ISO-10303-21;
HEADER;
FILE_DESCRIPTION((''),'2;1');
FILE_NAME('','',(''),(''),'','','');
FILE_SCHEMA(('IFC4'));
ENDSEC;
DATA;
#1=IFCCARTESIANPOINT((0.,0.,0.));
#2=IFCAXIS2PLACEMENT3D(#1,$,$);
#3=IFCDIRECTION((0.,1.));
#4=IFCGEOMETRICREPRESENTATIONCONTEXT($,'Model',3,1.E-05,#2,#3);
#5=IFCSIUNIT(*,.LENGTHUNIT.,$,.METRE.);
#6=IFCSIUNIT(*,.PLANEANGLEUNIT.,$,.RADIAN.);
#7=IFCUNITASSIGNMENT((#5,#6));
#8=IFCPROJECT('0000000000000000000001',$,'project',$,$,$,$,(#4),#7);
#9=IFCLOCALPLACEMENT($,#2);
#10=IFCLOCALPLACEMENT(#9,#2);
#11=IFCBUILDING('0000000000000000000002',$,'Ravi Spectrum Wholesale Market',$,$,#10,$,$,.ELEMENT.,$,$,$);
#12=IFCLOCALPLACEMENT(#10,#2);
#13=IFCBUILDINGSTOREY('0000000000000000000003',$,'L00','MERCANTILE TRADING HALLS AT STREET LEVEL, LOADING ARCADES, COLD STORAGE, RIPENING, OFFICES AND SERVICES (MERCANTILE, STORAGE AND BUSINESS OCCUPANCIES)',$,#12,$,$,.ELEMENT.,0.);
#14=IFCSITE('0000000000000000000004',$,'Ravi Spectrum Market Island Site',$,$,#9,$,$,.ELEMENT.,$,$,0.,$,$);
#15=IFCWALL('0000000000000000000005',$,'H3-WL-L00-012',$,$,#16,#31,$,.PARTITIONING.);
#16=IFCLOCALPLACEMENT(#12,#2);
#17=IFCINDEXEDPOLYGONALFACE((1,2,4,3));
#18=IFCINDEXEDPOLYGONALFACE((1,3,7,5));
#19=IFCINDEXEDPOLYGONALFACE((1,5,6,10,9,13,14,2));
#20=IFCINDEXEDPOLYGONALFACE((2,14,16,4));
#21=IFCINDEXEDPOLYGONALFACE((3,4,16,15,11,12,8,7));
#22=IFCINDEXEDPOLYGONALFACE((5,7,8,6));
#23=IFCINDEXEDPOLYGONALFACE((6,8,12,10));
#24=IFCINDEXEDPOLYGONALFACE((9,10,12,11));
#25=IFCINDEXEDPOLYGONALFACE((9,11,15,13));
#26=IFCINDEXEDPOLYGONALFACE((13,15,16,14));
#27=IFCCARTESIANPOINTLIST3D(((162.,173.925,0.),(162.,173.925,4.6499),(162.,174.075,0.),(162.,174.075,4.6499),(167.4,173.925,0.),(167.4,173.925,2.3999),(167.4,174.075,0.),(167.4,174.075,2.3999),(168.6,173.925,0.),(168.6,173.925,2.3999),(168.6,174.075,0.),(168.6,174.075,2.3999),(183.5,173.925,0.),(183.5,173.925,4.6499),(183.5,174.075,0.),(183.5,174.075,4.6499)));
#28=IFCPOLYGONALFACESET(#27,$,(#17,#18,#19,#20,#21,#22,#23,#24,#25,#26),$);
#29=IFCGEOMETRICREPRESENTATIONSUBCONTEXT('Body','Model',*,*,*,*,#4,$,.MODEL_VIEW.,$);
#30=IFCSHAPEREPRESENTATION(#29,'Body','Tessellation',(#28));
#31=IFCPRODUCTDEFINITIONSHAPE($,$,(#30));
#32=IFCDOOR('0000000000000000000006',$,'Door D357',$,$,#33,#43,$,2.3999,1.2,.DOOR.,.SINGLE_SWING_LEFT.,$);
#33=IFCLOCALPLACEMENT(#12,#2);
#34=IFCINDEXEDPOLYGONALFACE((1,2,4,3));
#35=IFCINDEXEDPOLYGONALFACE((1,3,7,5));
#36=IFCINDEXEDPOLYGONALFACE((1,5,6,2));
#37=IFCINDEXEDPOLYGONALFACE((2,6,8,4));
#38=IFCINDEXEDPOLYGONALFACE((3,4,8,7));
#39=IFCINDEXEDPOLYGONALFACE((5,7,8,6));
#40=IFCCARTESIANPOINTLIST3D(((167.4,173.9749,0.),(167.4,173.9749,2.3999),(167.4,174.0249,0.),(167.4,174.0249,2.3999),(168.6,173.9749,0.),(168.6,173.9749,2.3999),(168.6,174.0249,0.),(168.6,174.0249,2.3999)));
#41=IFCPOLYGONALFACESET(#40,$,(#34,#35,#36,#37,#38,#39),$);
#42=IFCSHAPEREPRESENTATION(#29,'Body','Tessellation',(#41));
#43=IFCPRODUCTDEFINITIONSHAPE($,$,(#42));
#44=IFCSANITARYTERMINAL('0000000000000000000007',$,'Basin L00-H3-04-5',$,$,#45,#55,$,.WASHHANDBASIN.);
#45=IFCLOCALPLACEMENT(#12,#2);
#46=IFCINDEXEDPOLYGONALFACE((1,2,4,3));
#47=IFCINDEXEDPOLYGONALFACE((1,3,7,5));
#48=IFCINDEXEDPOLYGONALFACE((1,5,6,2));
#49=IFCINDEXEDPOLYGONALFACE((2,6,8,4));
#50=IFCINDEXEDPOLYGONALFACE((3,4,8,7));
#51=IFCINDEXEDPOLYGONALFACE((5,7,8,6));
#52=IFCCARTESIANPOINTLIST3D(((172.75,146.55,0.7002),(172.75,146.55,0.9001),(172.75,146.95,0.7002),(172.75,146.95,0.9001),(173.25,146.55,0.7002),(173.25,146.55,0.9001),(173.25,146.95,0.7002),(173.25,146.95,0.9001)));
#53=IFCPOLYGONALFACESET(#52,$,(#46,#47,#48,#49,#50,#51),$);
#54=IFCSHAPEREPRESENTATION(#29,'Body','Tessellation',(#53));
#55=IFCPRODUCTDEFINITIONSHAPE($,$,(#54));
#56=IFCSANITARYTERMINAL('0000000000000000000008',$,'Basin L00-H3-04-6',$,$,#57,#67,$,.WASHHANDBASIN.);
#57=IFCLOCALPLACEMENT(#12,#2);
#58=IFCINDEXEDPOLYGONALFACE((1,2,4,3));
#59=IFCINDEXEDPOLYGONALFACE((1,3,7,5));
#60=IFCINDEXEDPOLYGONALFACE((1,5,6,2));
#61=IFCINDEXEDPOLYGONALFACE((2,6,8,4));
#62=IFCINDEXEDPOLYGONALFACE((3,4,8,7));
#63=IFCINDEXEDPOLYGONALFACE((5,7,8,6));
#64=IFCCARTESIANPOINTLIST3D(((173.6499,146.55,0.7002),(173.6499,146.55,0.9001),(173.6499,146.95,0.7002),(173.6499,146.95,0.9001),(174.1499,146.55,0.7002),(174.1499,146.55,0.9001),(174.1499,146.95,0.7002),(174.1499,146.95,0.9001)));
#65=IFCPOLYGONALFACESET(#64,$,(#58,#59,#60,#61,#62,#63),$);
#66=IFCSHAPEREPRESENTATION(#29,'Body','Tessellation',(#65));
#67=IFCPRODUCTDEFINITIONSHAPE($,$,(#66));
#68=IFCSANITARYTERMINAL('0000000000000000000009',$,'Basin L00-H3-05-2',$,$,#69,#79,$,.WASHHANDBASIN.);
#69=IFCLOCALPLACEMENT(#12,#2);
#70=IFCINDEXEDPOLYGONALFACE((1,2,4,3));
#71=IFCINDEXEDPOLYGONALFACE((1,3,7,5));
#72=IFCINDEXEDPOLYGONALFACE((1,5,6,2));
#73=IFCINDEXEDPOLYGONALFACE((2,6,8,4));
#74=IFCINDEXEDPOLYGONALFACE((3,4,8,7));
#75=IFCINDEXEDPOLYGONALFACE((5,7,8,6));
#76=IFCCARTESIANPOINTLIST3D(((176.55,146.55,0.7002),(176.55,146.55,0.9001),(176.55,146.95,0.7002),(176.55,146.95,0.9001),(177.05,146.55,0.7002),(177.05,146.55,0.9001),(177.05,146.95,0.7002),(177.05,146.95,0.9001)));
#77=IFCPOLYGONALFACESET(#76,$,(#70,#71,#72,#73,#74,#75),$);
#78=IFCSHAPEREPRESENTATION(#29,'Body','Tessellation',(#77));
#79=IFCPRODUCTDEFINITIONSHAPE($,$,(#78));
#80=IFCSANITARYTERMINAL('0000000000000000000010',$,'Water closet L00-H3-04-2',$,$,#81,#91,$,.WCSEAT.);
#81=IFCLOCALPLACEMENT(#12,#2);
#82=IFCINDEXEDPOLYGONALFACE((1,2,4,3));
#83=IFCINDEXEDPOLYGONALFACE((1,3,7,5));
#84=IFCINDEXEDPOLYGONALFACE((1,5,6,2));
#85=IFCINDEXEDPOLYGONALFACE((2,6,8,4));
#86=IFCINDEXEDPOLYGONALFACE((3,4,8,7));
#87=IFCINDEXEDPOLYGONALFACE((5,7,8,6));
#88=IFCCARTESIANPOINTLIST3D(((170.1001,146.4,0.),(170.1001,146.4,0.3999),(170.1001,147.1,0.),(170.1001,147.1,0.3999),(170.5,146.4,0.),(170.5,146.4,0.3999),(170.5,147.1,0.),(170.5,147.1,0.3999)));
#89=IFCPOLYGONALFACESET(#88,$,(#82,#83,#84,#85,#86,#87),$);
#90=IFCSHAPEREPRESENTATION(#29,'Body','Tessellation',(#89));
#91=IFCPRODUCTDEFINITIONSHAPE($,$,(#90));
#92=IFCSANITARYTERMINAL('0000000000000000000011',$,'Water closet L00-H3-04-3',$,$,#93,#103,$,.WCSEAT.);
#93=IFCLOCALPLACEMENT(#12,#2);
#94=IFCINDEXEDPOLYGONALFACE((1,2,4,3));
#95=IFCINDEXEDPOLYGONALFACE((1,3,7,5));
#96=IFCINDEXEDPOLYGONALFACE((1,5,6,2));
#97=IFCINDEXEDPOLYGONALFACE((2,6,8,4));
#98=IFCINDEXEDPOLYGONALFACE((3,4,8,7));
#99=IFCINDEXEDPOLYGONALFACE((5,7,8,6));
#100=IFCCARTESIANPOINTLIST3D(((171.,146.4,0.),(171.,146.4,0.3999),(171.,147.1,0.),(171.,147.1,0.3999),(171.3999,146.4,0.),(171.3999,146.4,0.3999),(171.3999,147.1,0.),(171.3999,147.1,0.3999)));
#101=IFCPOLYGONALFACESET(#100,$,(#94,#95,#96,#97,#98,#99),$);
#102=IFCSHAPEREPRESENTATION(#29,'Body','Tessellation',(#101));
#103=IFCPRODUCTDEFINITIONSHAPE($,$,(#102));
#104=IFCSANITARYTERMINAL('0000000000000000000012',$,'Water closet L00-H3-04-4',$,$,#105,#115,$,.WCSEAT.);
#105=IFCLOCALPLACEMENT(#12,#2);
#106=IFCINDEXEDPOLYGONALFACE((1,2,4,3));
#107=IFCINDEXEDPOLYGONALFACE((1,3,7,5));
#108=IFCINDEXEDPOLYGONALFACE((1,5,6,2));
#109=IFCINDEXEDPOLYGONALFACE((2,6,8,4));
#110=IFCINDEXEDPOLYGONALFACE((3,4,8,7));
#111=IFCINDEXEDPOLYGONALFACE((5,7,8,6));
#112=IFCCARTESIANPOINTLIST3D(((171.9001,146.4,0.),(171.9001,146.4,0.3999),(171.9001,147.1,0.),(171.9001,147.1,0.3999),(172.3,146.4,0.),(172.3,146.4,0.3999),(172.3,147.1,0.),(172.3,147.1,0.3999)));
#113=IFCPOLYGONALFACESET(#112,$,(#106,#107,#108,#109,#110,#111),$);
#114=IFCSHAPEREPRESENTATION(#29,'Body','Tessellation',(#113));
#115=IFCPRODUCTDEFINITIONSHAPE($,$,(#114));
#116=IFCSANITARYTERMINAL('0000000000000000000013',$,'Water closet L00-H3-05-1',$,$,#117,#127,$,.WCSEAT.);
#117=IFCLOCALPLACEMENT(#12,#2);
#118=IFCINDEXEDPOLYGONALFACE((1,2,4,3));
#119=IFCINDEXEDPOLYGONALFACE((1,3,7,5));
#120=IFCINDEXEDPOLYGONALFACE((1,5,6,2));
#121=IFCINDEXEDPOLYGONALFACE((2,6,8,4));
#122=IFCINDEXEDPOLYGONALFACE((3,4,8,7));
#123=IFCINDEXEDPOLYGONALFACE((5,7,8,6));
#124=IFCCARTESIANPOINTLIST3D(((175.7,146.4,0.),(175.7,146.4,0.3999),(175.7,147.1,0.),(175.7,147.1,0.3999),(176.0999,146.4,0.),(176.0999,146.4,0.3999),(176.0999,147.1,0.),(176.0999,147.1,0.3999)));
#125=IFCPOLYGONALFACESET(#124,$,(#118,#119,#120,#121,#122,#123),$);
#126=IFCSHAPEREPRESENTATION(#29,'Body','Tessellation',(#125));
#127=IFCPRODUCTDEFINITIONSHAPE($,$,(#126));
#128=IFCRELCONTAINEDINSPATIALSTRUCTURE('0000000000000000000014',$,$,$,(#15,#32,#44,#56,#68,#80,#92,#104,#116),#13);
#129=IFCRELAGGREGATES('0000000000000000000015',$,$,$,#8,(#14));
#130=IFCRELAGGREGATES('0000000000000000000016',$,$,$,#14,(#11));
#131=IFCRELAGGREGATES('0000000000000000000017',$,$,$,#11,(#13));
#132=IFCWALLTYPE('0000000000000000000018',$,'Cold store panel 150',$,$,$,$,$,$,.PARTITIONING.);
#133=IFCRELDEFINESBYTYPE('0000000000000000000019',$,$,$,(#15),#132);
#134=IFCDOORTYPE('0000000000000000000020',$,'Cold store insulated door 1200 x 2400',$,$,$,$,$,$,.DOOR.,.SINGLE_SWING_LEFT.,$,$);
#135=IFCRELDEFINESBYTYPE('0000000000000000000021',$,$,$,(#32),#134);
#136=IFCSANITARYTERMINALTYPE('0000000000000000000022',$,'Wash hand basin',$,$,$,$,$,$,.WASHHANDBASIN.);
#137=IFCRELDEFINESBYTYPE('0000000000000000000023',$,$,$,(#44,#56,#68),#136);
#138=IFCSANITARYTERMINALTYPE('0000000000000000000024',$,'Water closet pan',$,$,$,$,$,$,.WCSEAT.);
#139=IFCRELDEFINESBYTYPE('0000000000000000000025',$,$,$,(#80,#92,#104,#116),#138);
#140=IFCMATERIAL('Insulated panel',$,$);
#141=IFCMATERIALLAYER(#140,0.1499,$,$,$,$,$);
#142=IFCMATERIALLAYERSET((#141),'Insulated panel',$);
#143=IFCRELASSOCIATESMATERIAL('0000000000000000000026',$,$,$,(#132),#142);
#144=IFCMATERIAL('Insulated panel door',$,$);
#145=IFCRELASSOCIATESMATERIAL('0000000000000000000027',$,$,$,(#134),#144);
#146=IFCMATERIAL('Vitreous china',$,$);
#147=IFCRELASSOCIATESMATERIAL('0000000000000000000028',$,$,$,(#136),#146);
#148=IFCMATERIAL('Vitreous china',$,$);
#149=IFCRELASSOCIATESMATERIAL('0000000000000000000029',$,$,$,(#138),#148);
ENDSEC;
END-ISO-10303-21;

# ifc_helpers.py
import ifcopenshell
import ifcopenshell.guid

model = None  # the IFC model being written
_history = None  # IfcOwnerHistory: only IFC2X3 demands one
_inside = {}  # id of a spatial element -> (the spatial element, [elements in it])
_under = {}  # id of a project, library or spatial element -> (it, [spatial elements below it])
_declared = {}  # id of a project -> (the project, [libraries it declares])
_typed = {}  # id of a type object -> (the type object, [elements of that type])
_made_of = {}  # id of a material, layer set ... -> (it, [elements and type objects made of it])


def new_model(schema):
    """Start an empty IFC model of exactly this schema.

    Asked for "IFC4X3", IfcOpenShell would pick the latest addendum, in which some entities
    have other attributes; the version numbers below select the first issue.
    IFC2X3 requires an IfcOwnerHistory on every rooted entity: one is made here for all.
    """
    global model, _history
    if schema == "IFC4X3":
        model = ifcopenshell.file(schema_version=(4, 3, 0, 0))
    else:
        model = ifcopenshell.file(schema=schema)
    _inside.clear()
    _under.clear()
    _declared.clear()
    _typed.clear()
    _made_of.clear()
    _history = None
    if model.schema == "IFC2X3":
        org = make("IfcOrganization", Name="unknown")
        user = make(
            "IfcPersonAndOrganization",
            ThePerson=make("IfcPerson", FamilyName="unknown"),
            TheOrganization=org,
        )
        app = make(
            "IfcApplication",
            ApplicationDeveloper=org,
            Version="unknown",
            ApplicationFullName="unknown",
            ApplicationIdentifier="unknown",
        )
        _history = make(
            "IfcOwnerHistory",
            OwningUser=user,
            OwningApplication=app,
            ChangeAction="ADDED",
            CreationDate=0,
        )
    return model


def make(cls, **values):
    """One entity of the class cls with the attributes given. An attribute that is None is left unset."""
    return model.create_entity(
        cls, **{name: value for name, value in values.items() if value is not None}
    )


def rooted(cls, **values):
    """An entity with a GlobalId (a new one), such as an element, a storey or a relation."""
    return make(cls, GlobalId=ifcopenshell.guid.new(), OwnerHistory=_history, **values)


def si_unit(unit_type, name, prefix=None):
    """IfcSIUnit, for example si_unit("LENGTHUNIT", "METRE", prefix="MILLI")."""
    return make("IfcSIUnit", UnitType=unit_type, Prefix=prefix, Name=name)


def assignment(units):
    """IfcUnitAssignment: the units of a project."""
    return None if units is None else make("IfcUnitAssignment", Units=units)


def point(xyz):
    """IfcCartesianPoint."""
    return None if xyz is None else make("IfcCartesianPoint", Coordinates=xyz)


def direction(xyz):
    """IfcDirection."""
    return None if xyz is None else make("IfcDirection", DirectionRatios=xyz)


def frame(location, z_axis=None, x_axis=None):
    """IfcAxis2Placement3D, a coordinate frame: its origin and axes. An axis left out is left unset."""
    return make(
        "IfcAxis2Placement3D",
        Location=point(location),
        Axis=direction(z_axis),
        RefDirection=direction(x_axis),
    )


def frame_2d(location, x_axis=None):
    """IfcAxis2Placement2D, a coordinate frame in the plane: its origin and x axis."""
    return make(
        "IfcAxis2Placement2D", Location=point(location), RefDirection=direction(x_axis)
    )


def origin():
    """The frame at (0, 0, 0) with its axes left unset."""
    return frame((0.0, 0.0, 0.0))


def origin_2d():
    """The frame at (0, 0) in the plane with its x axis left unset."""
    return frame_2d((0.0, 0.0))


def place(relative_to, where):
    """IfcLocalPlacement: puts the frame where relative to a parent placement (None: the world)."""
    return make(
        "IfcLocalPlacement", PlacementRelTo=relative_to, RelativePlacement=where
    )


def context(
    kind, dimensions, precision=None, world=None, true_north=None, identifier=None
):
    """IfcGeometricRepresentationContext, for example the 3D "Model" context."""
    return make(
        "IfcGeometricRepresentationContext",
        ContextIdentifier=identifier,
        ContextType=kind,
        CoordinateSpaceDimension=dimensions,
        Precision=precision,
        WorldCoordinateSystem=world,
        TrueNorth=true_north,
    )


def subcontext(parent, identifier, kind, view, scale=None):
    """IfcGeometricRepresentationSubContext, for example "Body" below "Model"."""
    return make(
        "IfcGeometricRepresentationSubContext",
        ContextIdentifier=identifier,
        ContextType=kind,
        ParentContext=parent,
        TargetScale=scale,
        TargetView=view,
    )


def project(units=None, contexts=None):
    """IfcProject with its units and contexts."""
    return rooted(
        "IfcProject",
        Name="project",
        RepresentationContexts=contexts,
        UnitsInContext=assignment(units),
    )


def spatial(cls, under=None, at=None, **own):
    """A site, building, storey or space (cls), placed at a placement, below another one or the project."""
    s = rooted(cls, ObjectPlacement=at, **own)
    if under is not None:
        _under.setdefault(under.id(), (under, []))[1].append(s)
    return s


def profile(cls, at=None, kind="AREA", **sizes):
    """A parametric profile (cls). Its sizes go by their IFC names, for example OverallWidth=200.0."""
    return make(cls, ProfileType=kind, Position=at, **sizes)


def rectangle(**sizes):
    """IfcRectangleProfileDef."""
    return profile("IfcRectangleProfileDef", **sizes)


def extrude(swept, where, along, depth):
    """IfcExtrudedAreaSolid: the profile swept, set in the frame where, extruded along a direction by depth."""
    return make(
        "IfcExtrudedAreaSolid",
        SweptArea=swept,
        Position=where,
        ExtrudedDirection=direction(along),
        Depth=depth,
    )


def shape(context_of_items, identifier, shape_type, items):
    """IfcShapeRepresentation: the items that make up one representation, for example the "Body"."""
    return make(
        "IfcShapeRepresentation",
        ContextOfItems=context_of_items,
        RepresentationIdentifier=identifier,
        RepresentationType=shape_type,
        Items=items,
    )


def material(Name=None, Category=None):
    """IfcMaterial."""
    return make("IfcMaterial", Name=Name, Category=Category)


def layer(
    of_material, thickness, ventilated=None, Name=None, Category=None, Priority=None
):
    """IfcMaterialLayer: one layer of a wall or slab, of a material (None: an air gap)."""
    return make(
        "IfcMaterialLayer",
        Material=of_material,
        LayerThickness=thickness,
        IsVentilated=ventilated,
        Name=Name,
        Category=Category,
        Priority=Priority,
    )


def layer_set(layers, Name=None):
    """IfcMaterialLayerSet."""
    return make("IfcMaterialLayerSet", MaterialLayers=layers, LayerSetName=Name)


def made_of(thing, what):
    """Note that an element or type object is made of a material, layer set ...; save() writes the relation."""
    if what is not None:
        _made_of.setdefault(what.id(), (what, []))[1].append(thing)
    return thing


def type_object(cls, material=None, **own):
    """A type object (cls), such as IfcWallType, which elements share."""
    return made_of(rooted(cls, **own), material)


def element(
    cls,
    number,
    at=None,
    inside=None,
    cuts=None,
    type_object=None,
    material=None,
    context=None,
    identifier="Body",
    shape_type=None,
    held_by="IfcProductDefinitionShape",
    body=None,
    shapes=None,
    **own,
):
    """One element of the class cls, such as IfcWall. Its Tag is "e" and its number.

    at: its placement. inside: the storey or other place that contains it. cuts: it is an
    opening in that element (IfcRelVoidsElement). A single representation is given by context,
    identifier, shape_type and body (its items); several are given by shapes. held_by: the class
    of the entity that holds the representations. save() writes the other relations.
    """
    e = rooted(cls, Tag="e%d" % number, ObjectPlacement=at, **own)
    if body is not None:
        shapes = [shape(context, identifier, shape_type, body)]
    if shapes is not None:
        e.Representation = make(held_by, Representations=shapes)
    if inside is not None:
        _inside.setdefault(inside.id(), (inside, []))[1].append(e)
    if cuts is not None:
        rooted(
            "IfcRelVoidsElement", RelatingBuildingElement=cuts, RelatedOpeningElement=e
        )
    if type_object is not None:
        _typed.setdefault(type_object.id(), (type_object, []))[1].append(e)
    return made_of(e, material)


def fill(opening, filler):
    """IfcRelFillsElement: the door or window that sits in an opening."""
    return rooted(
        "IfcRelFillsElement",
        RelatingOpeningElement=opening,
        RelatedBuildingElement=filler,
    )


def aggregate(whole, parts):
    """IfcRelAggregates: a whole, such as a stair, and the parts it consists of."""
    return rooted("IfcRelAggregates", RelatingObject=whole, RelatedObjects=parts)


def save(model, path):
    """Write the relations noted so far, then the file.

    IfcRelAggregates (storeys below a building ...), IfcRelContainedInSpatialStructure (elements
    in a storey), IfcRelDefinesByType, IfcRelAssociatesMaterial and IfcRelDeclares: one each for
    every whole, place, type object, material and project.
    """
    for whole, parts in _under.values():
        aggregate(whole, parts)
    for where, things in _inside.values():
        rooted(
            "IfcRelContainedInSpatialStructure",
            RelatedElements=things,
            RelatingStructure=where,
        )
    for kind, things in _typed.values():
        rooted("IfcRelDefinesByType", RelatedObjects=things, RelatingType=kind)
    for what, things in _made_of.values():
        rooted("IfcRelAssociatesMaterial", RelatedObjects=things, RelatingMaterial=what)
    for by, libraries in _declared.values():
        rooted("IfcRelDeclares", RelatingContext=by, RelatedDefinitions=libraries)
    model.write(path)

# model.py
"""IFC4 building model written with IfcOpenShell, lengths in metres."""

from ifc_helpers import new_model, si_unit, direction, frame, frame_2d, origin, origin_2d, place, context, subcontext, project, spatial, rectangle, extrude, material, layer, layer_set, type_object, element, fill, save


model = new_model("IFC4")

# Units and contexts
model_context = context("Model", 3, precision=1e-05, world=origin(), true_north=direction((0.0, 1.0)))
body_context = subcontext(model_context, "Body", "Model", "MODEL_VIEW")
ifc_project = project(units=[si_unit("LENGTHUNIT", "METRE"), si_unit("PLANEANGLEUNIT", "RADIAN")], contexts=[model_context])

# Site, building, storey
site_placement = place(None, origin())
site = spatial("IfcSite", under=ifc_project, at=site_placement, Name="Ravi Spectrum Market Island Site", CompositionType="ELEMENT", RefElevation=0.0)
building_placement = place(site_placement, origin())
building = spatial("IfcBuilding", under=site, at=building_placement, Name="Ravi Spectrum Wholesale Market", CompositionType="ELEMENT")
storey_placement = place(building_placement, origin())
storey = spatial("IfcBuildingStorey", under=building, at=storey_placement, Name="L00", Description="MERCANTILE TRADING HALLS AT STREET LEVEL, LOADING ARCADES, COLD STORAGE, RIPENING, OFFICES AND SERVICES (MERCANTILE, STORAGE AND BUSINESS OCCUPANCIES)", CompositionType="ELEMENT", Elevation=0.0)

# Wall, opening, door
ifc_material_1 = material(Name="Insulated panel")
ifc_layer_1 = layer(ifc_material_1, 0.1499)
ifc_layer_set_1 = layer_set([ifc_layer_1], Name="Insulated panel")
wall_type_1 = type_object("IfcWallType", Name="Cold store panel 150", PredefinedType="PARTITIONING", material=ifc_layer_set_1)
wall_1_placement = place(storey_placement, frame((162.0, 174.0, 0.0), z_axis=(0.0, 0.0, 1.0), x_axis=(1.0, 0.0, 0.0)))
wall_1 = element("IfcWall", 1, at=wall_1_placement, inside=storey, type_object=wall_type_1, Name="H3-WL-L00-012", PredefinedType="PARTITIONING", context=body_context, shape_type="SweptSolid", body=[
    extrude(rectangle(XDim=21.5, YDim=0.1499, at=frame_2d((10.75, 0.0))), origin(), (0.0, 0.0, 1.0), 4.6499),
])
opening_1_placement = place(wall_1_placement, frame((5.3999, 0.0, 0.0)))
opening_1 = element("IfcOpeningElement", 2, at=opening_1_placement, cuts=wall_1, PredefinedType="OPENING", context=body_context, shape_type="SweptSolid", body=[
    extrude(rectangle(XDim=1.2, YDim=2.3999, at=frame_2d((0.6001, 1.2))), frame((0.0, 0.085, 0.0), z_axis=(0.0, -1.0, 0.0), x_axis=(1.0, 0.0, 0.0)), (0.0, 0.0, 1.0), 0.1699),
])
ifc_material_2 = material(Name="Insulated panel door")
door_type_1 = type_object("IfcDoorType", Name="Cold store insulated door 1200 x 2400", OperationType="SINGLE_SWING_LEFT", PredefinedType="DOOR", material=ifc_material_2)
door_1_placement = place(opening_1_placement, origin())
door_1 = element("IfcDoor", 3, at=door_1_placement, inside=storey, type_object=door_type_1, Name="Door D357", OperationType="SINGLE_SWING_LEFT", OverallHeight=2.3999, OverallWidth=1.2, PredefinedType="DOOR", context=body_context, shape_type="SweptSolid", body=[
    extrude(rectangle(XDim=1.2, YDim=2.3999, at=frame_2d((0.6001, 1.2))), frame((0.0, 0.0249, 0.0), z_axis=(0.0, -1.0, 0.0), x_axis=(1.0, 0.0, 0.0)), (0.0, 0.0, 1.0), 0.05),
])
fill(opening_1, door_1)

# Sanitary terminals
ifc_material_3 = material(Name="Vitreous china")
sanitary_terminal_type_1 = type_object("IfcSanitaryTerminalType", Name="Wash hand basin", PredefinedType="WASHHANDBASIN", material=ifc_material_3)
for number, where, z_axis, x_axis, name in (
    (4, (173.0, 146.75, 0.7002), (0.0, 0.0, 1.0), (1.0, 0.0, 0.0), "Basin L00-H3-04-5"),
    (5, (173.8999, 146.75, 0.7002), (0.0, 0.0, 1.0), (1.0, 0.0, 0.0), "Basin L00-H3-04-6"),
    (6, (176.8, 146.75, 0.7002), (0.0, 0.0, 1.0), (1.0, 0.0, 0.0), "Basin L00-H3-05-2"),
):
    element("IfcSanitaryTerminal", number, at=place(storey_placement, frame(where, z_axis=z_axis, x_axis=x_axis)), inside=storey, type_object=sanitary_terminal_type_1, Name=name, PredefinedType="WASHHANDBASIN", context=body_context, shape_type="SweptSolid", body=[
        extrude(rectangle(XDim=0.5, YDim=0.3999, at=origin_2d()), origin(), (0.0, 0.0, 1.0), 0.2),
    ])
ifc_material_4 = material(Name="Vitreous china")
sanitary_terminal_type_2 = type_object("IfcSanitaryTerminalType", Name="Water closet pan", PredefinedType="WCSEAT", material=ifc_material_4)
for number, where, z_axis, x_axis, name in (
    (7, (170.3, 146.75, 0.0), (0.0, 0.0, 1.0), (1.0, 0.0, 0.0), "Water closet L00-H3-04-2"),
    (8, (171.2, 146.75, 0.0), (0.0, 0.0, 1.0), (1.0, 0.0, 0.0), "Water closet L00-H3-04-3"),
    (9, (172.1001, 146.75, 0.0), (0.0, 0.0, 1.0), (1.0, 0.0, 0.0), "Water closet L00-H3-04-4"),
    (10, (175.8999, 146.75, 0.0), (0.0, 0.0, 1.0), (1.0, 0.0, 0.0), "Water closet L00-H3-05-1"),
):
    element("IfcSanitaryTerminal", number, at=place(storey_placement, frame(where, z_axis=z_axis, x_axis=x_axis)), inside=storey, type_object=sanitary_terminal_type_2, Name=name, PredefinedType="WCSEAT", context=body_context, shape_type="SweptSolid", body=[
        extrude(rectangle(XDim=0.3999, YDim=0.7, at=origin_2d()), origin(), (0.0, 0.0, 1.0), 0.3999),
    ])

save(model, "model.ifc")
